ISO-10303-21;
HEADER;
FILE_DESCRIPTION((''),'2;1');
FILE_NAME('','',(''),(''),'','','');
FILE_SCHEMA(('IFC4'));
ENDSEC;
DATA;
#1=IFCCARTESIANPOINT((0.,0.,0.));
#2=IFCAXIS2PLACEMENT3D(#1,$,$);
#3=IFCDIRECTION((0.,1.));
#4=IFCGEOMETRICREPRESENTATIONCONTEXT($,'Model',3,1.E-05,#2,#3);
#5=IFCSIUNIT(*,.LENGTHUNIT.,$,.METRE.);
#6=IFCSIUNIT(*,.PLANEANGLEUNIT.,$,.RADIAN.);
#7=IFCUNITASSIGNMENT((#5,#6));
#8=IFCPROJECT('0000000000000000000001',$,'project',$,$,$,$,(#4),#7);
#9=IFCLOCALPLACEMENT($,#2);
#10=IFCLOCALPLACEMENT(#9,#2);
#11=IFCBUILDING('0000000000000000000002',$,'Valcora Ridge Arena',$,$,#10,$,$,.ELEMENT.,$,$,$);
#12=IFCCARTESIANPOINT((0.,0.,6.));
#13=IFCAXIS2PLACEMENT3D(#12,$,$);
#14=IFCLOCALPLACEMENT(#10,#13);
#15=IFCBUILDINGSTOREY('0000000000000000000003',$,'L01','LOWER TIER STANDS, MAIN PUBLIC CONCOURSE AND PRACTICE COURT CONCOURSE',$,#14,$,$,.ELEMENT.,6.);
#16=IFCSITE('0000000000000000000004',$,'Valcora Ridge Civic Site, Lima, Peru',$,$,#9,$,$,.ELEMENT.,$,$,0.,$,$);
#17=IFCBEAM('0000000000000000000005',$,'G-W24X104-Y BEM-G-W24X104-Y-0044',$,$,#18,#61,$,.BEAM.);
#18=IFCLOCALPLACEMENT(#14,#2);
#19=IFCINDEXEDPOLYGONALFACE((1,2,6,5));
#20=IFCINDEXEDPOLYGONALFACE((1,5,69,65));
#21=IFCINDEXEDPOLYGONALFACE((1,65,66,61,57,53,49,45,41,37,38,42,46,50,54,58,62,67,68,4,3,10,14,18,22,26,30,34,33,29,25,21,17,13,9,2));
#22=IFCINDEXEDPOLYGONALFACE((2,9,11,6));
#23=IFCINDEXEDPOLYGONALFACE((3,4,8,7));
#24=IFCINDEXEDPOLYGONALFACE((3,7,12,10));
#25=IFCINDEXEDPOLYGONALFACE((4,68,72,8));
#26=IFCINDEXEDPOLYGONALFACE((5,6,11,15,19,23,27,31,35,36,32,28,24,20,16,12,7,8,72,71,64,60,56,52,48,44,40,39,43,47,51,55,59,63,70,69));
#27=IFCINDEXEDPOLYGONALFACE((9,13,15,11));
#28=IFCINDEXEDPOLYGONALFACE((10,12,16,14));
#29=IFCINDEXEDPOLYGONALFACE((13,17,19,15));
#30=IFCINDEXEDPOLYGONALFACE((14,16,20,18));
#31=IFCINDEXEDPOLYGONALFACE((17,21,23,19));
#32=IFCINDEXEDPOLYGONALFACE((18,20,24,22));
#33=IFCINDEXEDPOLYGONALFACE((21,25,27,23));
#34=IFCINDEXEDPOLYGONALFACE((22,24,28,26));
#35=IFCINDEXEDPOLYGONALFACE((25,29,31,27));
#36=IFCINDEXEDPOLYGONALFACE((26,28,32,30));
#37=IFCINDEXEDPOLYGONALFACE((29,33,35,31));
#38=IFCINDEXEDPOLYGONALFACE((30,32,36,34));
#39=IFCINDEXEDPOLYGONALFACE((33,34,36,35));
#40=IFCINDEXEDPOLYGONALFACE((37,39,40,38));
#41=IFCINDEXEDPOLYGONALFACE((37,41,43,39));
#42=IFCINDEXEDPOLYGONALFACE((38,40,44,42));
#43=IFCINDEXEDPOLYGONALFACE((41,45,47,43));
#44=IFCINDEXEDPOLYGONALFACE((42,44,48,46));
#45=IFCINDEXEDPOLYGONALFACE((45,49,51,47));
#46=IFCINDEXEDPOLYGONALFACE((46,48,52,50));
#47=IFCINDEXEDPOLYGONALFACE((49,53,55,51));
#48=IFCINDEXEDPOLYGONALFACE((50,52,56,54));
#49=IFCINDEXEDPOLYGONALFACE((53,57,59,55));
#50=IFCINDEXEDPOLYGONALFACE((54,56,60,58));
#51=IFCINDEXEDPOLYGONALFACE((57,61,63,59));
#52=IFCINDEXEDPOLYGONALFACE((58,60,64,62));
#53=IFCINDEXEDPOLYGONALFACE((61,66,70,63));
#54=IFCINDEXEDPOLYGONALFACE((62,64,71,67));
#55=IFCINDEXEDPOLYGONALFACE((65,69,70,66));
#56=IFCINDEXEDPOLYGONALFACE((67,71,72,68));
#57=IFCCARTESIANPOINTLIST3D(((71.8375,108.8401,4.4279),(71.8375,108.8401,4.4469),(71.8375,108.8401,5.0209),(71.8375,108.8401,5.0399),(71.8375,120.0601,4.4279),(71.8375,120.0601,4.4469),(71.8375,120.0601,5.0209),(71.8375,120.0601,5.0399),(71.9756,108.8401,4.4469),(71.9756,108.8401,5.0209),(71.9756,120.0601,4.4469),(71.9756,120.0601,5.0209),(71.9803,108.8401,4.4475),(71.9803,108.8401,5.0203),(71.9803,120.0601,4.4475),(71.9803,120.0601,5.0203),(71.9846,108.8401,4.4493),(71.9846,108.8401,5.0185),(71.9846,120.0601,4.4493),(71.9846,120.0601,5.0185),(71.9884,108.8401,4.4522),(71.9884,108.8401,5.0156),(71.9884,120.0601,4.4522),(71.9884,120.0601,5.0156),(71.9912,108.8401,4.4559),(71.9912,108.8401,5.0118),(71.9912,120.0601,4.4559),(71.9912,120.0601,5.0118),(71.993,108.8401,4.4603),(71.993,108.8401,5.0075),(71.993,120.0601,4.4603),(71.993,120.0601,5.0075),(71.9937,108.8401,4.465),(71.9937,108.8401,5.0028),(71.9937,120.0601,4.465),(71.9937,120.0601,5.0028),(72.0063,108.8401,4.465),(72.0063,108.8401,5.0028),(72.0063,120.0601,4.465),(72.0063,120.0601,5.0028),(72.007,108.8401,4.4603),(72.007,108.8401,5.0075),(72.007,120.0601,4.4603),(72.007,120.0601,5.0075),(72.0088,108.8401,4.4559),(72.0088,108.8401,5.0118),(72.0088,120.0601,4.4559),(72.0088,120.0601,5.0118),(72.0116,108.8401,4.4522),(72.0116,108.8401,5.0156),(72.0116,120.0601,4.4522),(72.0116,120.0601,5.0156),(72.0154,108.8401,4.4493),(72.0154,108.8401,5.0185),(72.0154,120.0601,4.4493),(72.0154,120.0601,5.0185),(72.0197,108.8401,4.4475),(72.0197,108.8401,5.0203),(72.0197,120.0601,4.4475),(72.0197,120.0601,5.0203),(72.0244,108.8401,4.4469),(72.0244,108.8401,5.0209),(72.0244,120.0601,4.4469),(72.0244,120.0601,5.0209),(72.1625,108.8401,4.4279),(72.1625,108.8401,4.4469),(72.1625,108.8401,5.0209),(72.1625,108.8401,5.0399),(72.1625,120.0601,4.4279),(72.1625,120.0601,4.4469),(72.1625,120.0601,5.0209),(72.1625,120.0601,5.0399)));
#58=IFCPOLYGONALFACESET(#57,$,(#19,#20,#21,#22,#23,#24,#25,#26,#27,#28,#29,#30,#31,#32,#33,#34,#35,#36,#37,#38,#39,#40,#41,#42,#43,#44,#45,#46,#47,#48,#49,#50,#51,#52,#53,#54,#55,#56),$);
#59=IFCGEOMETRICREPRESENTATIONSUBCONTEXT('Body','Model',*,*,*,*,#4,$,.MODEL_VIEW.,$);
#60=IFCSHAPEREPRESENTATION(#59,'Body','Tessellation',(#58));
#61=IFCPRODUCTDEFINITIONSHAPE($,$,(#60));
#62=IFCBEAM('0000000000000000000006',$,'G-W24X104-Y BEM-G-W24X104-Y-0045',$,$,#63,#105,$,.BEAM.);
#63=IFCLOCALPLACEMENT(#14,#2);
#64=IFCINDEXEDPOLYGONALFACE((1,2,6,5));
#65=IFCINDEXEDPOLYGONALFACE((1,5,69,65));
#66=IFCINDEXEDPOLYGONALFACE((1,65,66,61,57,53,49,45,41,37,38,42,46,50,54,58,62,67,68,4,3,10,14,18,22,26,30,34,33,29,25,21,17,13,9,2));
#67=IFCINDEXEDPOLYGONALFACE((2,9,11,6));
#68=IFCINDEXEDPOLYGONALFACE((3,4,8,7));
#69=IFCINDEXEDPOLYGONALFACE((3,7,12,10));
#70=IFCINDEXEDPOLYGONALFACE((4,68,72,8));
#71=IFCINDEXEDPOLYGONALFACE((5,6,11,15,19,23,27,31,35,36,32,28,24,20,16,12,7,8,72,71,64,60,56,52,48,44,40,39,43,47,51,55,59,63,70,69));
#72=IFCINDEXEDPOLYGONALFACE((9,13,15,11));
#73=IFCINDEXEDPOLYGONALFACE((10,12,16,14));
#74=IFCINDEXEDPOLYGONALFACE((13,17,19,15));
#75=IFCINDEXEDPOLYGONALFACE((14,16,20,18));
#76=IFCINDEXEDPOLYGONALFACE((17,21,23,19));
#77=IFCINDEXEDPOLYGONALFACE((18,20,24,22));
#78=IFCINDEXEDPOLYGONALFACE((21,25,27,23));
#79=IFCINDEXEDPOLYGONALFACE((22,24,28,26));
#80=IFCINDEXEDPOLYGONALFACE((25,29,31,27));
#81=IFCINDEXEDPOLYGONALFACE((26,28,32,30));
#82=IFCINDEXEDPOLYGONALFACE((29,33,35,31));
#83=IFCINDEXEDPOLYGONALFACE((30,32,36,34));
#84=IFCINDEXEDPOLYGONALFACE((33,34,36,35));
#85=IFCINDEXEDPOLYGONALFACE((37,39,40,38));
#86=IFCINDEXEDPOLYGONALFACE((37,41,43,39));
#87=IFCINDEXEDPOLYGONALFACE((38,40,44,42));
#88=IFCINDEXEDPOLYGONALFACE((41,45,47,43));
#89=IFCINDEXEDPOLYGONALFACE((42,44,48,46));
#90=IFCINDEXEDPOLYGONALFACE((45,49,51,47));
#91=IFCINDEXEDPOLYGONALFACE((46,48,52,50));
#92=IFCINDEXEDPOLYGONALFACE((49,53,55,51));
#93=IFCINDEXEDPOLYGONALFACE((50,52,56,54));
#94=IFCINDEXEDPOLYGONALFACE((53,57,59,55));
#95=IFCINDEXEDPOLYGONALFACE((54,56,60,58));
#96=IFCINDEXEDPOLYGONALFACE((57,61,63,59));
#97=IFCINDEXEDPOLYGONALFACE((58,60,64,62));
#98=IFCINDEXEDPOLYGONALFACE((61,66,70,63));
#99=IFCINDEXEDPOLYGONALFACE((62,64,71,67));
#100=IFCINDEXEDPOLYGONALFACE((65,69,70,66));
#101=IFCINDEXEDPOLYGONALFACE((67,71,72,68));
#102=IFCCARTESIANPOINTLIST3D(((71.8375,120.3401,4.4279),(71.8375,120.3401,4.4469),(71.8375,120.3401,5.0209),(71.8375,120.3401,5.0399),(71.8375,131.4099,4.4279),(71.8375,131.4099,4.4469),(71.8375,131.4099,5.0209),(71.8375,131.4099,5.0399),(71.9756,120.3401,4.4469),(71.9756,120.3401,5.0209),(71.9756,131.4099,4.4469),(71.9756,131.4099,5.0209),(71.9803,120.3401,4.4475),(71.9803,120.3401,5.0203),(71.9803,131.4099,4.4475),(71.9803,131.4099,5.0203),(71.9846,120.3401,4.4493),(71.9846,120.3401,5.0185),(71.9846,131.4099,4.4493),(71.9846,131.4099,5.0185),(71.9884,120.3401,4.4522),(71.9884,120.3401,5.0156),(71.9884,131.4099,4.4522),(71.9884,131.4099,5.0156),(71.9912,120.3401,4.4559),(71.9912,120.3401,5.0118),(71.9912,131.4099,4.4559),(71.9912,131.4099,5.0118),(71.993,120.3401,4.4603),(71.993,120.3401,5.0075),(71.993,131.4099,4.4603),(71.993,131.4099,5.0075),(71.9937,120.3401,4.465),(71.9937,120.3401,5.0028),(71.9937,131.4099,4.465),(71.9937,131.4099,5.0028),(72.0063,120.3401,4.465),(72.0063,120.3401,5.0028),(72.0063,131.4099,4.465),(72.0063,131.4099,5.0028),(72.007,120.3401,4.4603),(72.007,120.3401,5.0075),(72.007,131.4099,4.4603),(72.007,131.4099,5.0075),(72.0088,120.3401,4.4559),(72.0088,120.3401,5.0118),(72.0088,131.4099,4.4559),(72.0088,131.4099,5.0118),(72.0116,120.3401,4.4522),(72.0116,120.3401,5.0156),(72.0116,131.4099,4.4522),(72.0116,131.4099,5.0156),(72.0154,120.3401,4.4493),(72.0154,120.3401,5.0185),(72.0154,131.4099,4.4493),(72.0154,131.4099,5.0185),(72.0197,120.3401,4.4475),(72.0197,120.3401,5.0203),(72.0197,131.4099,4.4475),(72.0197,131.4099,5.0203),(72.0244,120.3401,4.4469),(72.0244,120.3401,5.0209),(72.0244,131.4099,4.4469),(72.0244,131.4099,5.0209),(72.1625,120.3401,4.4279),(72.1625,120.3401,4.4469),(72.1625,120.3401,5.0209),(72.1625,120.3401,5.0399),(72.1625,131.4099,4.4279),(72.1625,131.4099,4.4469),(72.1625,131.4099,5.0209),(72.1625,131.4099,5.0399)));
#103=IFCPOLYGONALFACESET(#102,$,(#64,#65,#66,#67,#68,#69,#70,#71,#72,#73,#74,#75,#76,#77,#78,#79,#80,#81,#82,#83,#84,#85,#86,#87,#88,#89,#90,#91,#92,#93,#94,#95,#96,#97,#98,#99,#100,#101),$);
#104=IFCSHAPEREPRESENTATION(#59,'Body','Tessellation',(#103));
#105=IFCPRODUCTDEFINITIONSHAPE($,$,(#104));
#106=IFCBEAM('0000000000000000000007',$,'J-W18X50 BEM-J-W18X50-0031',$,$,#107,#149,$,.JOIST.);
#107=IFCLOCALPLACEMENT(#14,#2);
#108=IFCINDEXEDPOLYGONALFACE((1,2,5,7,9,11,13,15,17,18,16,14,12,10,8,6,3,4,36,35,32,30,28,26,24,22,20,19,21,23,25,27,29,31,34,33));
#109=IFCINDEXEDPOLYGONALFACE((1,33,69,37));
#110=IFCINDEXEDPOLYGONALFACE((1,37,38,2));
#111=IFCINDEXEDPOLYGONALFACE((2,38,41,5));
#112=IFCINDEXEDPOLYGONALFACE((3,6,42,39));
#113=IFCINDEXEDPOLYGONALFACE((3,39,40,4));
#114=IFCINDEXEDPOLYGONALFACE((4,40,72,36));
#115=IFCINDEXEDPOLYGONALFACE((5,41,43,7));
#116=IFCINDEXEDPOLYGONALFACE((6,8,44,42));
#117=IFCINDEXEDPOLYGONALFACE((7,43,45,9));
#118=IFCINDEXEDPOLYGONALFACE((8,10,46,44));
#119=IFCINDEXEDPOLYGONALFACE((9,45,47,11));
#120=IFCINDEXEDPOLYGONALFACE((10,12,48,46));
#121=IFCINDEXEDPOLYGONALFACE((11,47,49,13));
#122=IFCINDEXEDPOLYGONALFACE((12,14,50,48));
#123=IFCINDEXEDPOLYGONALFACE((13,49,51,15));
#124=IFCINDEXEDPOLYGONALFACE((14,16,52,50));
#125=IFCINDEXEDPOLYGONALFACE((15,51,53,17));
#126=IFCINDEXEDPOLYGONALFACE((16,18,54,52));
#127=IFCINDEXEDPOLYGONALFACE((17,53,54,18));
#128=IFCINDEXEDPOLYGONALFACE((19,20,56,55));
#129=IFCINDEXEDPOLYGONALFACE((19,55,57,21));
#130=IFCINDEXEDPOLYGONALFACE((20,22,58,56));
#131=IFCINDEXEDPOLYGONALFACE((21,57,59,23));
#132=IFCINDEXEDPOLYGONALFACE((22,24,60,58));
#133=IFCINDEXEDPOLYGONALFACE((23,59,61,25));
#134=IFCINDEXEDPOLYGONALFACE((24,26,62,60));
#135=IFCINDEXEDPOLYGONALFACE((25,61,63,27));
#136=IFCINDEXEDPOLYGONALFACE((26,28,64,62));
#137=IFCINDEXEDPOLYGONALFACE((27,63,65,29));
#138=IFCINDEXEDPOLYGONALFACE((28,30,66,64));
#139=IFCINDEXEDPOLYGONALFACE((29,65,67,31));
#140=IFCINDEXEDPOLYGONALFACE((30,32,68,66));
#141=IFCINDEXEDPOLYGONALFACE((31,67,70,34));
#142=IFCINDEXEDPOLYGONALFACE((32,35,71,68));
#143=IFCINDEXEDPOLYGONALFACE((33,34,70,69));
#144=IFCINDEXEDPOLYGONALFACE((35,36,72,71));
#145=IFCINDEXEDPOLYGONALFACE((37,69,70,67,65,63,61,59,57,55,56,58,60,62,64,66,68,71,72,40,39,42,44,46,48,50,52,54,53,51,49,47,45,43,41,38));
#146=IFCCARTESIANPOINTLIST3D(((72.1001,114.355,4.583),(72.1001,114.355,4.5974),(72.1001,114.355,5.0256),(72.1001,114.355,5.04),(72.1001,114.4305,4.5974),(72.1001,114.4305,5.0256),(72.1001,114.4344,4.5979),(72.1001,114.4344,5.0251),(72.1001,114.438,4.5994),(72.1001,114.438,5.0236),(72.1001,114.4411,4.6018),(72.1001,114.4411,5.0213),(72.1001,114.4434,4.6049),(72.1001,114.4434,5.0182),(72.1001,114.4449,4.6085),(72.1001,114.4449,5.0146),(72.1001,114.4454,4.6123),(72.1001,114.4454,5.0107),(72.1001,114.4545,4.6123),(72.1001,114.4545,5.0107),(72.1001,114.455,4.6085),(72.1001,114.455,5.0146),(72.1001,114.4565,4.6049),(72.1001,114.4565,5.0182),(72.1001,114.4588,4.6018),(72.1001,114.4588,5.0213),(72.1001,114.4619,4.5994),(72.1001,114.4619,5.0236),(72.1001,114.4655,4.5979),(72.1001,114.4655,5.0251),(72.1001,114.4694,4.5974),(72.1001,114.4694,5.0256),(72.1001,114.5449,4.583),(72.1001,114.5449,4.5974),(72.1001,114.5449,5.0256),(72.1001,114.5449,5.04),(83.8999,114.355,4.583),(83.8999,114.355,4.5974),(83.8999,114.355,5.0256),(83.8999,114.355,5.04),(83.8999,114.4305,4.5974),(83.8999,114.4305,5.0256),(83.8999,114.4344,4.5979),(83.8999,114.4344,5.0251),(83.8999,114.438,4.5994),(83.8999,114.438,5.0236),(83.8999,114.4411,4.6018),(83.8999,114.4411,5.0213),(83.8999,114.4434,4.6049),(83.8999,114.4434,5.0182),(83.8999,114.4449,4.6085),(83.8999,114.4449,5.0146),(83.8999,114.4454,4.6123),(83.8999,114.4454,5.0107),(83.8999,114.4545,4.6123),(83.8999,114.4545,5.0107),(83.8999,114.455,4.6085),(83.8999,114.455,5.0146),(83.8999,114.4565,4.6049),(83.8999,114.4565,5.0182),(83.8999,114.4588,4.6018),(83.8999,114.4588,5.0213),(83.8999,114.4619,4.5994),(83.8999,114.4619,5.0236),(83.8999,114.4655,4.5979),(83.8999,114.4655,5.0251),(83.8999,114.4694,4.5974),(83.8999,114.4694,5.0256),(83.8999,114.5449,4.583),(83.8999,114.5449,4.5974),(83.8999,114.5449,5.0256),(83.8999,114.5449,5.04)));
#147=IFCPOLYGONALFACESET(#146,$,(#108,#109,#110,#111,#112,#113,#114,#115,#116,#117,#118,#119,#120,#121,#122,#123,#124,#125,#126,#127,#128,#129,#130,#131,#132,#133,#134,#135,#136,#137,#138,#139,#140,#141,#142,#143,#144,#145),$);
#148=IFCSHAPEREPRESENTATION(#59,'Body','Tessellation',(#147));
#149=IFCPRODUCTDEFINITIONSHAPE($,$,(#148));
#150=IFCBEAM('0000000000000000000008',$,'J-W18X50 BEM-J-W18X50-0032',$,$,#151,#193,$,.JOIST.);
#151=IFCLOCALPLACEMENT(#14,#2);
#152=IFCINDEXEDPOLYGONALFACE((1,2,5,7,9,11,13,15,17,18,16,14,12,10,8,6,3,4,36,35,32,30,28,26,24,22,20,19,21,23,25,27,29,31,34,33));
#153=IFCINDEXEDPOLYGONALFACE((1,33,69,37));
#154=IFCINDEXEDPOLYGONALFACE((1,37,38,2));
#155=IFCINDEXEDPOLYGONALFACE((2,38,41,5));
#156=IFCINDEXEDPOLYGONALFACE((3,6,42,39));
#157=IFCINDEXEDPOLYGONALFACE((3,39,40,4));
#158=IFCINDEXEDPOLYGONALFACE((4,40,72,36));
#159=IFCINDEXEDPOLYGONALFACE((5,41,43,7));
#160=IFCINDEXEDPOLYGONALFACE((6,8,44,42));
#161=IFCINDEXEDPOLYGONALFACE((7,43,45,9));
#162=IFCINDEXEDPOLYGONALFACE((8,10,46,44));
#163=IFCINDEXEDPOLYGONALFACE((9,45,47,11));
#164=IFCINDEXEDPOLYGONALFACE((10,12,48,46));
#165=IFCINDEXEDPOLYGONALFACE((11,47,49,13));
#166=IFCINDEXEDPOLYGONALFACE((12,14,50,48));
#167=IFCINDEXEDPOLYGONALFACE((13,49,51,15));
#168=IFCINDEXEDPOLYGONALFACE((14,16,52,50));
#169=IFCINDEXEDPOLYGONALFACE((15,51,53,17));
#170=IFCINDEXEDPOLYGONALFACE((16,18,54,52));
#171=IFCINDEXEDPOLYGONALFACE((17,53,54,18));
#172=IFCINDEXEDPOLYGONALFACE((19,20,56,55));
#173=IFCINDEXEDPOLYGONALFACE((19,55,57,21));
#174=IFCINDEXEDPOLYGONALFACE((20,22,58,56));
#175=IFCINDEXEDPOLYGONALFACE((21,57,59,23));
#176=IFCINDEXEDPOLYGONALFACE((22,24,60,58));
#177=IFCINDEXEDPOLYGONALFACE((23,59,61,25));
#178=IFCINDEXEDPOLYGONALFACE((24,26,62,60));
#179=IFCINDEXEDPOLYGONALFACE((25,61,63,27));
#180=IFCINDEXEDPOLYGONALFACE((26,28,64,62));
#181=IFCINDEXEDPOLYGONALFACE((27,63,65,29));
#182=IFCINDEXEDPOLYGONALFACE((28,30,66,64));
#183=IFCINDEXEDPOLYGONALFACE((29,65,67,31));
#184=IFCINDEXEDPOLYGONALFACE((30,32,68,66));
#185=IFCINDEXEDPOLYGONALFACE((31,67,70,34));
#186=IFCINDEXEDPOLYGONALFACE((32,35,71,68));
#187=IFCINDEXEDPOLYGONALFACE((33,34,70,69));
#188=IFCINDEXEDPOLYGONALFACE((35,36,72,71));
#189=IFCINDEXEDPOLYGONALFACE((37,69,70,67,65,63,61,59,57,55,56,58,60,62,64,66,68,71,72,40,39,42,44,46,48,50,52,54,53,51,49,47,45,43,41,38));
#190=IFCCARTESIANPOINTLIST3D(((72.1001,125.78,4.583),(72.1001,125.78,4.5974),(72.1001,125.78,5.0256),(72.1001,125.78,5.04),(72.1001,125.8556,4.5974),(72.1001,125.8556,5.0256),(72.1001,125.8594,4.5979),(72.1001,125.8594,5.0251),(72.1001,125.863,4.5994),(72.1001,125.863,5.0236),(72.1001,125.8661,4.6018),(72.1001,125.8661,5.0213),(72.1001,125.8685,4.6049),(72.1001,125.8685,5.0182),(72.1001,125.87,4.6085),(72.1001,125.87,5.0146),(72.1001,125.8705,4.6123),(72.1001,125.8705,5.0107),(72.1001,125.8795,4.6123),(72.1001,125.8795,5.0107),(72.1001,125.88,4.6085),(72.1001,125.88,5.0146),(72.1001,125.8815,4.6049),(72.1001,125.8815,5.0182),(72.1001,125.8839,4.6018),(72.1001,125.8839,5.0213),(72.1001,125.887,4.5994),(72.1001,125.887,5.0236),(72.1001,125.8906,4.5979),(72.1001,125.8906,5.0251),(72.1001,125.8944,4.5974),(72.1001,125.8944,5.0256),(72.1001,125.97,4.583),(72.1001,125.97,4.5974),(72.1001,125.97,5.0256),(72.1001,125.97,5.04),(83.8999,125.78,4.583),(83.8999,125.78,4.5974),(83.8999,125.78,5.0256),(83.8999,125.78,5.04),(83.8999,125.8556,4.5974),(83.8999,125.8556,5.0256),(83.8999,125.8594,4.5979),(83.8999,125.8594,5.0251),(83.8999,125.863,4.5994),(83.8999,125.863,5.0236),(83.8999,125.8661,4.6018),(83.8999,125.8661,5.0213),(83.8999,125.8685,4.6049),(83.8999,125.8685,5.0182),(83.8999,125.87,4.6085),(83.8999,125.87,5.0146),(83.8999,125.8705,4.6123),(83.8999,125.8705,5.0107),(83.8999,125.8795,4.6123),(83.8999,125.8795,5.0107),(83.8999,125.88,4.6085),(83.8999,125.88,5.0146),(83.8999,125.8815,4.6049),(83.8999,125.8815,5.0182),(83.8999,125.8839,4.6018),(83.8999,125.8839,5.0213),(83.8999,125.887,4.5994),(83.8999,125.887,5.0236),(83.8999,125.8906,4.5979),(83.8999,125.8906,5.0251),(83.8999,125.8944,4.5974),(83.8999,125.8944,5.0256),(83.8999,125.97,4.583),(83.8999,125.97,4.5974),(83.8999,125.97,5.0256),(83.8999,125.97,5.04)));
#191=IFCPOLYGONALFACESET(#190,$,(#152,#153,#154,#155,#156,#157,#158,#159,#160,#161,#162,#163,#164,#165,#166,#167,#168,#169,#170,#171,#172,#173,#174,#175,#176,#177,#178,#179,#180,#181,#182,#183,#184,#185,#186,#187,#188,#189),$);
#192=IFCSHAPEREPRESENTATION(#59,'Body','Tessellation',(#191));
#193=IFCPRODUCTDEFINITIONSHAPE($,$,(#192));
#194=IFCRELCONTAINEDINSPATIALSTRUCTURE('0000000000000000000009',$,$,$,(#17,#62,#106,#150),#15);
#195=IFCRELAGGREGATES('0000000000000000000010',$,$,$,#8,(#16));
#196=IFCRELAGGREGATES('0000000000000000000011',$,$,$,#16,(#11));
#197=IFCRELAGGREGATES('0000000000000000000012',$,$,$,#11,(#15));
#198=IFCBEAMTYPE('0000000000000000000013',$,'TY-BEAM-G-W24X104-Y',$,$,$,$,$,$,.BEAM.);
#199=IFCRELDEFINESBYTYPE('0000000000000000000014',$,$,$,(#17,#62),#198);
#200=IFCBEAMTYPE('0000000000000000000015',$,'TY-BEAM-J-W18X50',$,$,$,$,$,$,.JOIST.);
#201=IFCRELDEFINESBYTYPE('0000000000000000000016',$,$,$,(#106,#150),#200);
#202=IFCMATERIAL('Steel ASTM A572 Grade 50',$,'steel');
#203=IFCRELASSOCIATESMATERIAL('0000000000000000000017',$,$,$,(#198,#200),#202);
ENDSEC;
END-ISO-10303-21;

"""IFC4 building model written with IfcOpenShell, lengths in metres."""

from ifc_helpers import new_model, si_unit, direction, frame, origin, origin_2d, place, context, subcontext, project, spatial, i_section, extrude, material, material_profile, profile_set, type_object, element, save


model = new_model("IFC4")

# Units and contexts
model_context = context("Model", 3, precision=1e-05, world=origin(), true_north=direction((0.0, 1.0)))
body_context = subcontext(model_context, "Body", "Model", "MODEL_VIEW")
ifc_project = project(units=[si_unit("LENGTHUNIT", "METRE"), si_unit("PLANEANGLEUNIT", "RADIAN")], contexts=[model_context])

# Site, building, storey
site_placement = place(None, origin())
site = spatial("IfcSite", under=ifc_project, at=site_placement, Name="Valcora Ridge Civic Site, Lima, Peru", CompositionType="ELEMENT", RefElevation=0.0)
building_placement = place(site_placement, origin())
building = spatial("IfcBuilding", under=site, at=building_placement, Name="Valcora Ridge Arena", CompositionType="ELEMENT")
storey_placement = place(building_placement, frame((0.0, 0.0, 6.0)))
storey = spatial("IfcBuildingStorey", under=building, at=storey_placement, Name="L01", Description="LOWER TIER STANDS, MAIN PUBLIC CONCOURSE AND PRACTICE COURT CONCOURSE", CompositionType="ELEMENT", Elevation=6.0)

# Beams
ifc_material_1 = material(Name="Steel ASTM A572 Grade 50", Category="steel")
ifc_material_profile_1 = material_profile(ifc_material_1, i_section(OverallWidth=0.325, OverallDepth=0.6121, WebThickness=0.0127, FlangeThickness=0.019, FilletRadius=0.0181, at=origin_2d()), Name="W24X104")
ifc_profile_set_1 = profile_set([ifc_material_profile_1], Name="Steel ASTM A572 Grade 50")
beam_type_1 = type_object("IfcBeamType", Name="TY-BEAM-G-W24X104-Y", PredefinedType="BEAM", material=ifc_profile_set_1)
beam_1_placement = place(storey_placement, frame((72.0, 108.8401, 4.7339), z_axis=(0.0, 1.0, 0.0), x_axis=(-1.0, 0.0, 0.0)))
element("IfcBeam", 1, at=beam_1_placement, inside=storey, type_object=beam_type_1, Name="G-W24X104-Y BEM-G-W24X104-Y-0044", PredefinedType="BEAM", context=body_context, shape_type="SweptSolid", body=[
    extrude(i_section(OverallWidth=0.325, OverallDepth=0.6121, WebThickness=0.0127, FlangeThickness=0.019, FilletRadius=0.0181, at=origin_2d()), origin(), (0.0, 0.0, 1.0), 11.22),
])
beam_2_placement = place(storey_placement, frame((72.0, 120.3401, 4.7339), z_axis=(0.0, 1.0, 0.0), x_axis=(-1.0, 0.0, 0.0)))
element("IfcBeam", 2, at=beam_2_placement, inside=storey, type_object=beam_type_1, Name="G-W24X104-Y BEM-G-W24X104-Y-0045", PredefinedType="BEAM", context=body_context, shape_type="SweptSolid", body=[
    extrude(i_section(OverallWidth=0.325, OverallDepth=0.6121, WebThickness=0.0127, FlangeThickness=0.019, FilletRadius=0.0181, at=origin_2d()), origin(), (0.0, 0.0, 1.0), 11.0698),
])
ifc_material_profile_2 = material_profile(ifc_material_1, i_section(OverallWidth=0.1899, OverallDepth=0.457, WebThickness=0.009, FlangeThickness=0.0144, FilletRadius=0.0149, at=origin_2d()), Name="W18X50")
ifc_profile_set_2 = profile_set([ifc_material_profile_2], Name="Steel ASTM A572 Grade 50")
beam_type_2 = type_object("IfcBeamType", Name="TY-BEAM-J-W18X50", PredefinedType="JOIST", material=ifc_profile_set_2)
for number, where, z_axis, x_axis, name in (
    (3, (72.1001, 114.45, 4.8115), (1.0, 0.0, 0.0), (0.0, 1.0, 0.0), "J-W18X50 BEM-J-W18X50-0031"),
    (4, (72.1001, 125.875, 4.8115), (1.0, 0.0, 0.0), (0.0, 1.0, 0.0), "J-W18X50 BEM-J-W18X50-0032"),
):
    element("IfcBeam", number, at=place(storey_placement, frame(where, z_axis=z_axis, x_axis=x_axis)), inside=storey, type_object=beam_type_2, Name=name, PredefinedType="JOIST", context=body_context, shape_type="SweptSolid", body=[
        extrude(i_section(OverallWidth=0.1899, OverallDepth=0.457, WebThickness=0.009, FlangeThickness=0.0144, FilletRadius=0.0149, at=origin_2d()), origin(), (0.0, 0.0, 1.0), 11.7998),
    ])

save(model, "model.ifc")
